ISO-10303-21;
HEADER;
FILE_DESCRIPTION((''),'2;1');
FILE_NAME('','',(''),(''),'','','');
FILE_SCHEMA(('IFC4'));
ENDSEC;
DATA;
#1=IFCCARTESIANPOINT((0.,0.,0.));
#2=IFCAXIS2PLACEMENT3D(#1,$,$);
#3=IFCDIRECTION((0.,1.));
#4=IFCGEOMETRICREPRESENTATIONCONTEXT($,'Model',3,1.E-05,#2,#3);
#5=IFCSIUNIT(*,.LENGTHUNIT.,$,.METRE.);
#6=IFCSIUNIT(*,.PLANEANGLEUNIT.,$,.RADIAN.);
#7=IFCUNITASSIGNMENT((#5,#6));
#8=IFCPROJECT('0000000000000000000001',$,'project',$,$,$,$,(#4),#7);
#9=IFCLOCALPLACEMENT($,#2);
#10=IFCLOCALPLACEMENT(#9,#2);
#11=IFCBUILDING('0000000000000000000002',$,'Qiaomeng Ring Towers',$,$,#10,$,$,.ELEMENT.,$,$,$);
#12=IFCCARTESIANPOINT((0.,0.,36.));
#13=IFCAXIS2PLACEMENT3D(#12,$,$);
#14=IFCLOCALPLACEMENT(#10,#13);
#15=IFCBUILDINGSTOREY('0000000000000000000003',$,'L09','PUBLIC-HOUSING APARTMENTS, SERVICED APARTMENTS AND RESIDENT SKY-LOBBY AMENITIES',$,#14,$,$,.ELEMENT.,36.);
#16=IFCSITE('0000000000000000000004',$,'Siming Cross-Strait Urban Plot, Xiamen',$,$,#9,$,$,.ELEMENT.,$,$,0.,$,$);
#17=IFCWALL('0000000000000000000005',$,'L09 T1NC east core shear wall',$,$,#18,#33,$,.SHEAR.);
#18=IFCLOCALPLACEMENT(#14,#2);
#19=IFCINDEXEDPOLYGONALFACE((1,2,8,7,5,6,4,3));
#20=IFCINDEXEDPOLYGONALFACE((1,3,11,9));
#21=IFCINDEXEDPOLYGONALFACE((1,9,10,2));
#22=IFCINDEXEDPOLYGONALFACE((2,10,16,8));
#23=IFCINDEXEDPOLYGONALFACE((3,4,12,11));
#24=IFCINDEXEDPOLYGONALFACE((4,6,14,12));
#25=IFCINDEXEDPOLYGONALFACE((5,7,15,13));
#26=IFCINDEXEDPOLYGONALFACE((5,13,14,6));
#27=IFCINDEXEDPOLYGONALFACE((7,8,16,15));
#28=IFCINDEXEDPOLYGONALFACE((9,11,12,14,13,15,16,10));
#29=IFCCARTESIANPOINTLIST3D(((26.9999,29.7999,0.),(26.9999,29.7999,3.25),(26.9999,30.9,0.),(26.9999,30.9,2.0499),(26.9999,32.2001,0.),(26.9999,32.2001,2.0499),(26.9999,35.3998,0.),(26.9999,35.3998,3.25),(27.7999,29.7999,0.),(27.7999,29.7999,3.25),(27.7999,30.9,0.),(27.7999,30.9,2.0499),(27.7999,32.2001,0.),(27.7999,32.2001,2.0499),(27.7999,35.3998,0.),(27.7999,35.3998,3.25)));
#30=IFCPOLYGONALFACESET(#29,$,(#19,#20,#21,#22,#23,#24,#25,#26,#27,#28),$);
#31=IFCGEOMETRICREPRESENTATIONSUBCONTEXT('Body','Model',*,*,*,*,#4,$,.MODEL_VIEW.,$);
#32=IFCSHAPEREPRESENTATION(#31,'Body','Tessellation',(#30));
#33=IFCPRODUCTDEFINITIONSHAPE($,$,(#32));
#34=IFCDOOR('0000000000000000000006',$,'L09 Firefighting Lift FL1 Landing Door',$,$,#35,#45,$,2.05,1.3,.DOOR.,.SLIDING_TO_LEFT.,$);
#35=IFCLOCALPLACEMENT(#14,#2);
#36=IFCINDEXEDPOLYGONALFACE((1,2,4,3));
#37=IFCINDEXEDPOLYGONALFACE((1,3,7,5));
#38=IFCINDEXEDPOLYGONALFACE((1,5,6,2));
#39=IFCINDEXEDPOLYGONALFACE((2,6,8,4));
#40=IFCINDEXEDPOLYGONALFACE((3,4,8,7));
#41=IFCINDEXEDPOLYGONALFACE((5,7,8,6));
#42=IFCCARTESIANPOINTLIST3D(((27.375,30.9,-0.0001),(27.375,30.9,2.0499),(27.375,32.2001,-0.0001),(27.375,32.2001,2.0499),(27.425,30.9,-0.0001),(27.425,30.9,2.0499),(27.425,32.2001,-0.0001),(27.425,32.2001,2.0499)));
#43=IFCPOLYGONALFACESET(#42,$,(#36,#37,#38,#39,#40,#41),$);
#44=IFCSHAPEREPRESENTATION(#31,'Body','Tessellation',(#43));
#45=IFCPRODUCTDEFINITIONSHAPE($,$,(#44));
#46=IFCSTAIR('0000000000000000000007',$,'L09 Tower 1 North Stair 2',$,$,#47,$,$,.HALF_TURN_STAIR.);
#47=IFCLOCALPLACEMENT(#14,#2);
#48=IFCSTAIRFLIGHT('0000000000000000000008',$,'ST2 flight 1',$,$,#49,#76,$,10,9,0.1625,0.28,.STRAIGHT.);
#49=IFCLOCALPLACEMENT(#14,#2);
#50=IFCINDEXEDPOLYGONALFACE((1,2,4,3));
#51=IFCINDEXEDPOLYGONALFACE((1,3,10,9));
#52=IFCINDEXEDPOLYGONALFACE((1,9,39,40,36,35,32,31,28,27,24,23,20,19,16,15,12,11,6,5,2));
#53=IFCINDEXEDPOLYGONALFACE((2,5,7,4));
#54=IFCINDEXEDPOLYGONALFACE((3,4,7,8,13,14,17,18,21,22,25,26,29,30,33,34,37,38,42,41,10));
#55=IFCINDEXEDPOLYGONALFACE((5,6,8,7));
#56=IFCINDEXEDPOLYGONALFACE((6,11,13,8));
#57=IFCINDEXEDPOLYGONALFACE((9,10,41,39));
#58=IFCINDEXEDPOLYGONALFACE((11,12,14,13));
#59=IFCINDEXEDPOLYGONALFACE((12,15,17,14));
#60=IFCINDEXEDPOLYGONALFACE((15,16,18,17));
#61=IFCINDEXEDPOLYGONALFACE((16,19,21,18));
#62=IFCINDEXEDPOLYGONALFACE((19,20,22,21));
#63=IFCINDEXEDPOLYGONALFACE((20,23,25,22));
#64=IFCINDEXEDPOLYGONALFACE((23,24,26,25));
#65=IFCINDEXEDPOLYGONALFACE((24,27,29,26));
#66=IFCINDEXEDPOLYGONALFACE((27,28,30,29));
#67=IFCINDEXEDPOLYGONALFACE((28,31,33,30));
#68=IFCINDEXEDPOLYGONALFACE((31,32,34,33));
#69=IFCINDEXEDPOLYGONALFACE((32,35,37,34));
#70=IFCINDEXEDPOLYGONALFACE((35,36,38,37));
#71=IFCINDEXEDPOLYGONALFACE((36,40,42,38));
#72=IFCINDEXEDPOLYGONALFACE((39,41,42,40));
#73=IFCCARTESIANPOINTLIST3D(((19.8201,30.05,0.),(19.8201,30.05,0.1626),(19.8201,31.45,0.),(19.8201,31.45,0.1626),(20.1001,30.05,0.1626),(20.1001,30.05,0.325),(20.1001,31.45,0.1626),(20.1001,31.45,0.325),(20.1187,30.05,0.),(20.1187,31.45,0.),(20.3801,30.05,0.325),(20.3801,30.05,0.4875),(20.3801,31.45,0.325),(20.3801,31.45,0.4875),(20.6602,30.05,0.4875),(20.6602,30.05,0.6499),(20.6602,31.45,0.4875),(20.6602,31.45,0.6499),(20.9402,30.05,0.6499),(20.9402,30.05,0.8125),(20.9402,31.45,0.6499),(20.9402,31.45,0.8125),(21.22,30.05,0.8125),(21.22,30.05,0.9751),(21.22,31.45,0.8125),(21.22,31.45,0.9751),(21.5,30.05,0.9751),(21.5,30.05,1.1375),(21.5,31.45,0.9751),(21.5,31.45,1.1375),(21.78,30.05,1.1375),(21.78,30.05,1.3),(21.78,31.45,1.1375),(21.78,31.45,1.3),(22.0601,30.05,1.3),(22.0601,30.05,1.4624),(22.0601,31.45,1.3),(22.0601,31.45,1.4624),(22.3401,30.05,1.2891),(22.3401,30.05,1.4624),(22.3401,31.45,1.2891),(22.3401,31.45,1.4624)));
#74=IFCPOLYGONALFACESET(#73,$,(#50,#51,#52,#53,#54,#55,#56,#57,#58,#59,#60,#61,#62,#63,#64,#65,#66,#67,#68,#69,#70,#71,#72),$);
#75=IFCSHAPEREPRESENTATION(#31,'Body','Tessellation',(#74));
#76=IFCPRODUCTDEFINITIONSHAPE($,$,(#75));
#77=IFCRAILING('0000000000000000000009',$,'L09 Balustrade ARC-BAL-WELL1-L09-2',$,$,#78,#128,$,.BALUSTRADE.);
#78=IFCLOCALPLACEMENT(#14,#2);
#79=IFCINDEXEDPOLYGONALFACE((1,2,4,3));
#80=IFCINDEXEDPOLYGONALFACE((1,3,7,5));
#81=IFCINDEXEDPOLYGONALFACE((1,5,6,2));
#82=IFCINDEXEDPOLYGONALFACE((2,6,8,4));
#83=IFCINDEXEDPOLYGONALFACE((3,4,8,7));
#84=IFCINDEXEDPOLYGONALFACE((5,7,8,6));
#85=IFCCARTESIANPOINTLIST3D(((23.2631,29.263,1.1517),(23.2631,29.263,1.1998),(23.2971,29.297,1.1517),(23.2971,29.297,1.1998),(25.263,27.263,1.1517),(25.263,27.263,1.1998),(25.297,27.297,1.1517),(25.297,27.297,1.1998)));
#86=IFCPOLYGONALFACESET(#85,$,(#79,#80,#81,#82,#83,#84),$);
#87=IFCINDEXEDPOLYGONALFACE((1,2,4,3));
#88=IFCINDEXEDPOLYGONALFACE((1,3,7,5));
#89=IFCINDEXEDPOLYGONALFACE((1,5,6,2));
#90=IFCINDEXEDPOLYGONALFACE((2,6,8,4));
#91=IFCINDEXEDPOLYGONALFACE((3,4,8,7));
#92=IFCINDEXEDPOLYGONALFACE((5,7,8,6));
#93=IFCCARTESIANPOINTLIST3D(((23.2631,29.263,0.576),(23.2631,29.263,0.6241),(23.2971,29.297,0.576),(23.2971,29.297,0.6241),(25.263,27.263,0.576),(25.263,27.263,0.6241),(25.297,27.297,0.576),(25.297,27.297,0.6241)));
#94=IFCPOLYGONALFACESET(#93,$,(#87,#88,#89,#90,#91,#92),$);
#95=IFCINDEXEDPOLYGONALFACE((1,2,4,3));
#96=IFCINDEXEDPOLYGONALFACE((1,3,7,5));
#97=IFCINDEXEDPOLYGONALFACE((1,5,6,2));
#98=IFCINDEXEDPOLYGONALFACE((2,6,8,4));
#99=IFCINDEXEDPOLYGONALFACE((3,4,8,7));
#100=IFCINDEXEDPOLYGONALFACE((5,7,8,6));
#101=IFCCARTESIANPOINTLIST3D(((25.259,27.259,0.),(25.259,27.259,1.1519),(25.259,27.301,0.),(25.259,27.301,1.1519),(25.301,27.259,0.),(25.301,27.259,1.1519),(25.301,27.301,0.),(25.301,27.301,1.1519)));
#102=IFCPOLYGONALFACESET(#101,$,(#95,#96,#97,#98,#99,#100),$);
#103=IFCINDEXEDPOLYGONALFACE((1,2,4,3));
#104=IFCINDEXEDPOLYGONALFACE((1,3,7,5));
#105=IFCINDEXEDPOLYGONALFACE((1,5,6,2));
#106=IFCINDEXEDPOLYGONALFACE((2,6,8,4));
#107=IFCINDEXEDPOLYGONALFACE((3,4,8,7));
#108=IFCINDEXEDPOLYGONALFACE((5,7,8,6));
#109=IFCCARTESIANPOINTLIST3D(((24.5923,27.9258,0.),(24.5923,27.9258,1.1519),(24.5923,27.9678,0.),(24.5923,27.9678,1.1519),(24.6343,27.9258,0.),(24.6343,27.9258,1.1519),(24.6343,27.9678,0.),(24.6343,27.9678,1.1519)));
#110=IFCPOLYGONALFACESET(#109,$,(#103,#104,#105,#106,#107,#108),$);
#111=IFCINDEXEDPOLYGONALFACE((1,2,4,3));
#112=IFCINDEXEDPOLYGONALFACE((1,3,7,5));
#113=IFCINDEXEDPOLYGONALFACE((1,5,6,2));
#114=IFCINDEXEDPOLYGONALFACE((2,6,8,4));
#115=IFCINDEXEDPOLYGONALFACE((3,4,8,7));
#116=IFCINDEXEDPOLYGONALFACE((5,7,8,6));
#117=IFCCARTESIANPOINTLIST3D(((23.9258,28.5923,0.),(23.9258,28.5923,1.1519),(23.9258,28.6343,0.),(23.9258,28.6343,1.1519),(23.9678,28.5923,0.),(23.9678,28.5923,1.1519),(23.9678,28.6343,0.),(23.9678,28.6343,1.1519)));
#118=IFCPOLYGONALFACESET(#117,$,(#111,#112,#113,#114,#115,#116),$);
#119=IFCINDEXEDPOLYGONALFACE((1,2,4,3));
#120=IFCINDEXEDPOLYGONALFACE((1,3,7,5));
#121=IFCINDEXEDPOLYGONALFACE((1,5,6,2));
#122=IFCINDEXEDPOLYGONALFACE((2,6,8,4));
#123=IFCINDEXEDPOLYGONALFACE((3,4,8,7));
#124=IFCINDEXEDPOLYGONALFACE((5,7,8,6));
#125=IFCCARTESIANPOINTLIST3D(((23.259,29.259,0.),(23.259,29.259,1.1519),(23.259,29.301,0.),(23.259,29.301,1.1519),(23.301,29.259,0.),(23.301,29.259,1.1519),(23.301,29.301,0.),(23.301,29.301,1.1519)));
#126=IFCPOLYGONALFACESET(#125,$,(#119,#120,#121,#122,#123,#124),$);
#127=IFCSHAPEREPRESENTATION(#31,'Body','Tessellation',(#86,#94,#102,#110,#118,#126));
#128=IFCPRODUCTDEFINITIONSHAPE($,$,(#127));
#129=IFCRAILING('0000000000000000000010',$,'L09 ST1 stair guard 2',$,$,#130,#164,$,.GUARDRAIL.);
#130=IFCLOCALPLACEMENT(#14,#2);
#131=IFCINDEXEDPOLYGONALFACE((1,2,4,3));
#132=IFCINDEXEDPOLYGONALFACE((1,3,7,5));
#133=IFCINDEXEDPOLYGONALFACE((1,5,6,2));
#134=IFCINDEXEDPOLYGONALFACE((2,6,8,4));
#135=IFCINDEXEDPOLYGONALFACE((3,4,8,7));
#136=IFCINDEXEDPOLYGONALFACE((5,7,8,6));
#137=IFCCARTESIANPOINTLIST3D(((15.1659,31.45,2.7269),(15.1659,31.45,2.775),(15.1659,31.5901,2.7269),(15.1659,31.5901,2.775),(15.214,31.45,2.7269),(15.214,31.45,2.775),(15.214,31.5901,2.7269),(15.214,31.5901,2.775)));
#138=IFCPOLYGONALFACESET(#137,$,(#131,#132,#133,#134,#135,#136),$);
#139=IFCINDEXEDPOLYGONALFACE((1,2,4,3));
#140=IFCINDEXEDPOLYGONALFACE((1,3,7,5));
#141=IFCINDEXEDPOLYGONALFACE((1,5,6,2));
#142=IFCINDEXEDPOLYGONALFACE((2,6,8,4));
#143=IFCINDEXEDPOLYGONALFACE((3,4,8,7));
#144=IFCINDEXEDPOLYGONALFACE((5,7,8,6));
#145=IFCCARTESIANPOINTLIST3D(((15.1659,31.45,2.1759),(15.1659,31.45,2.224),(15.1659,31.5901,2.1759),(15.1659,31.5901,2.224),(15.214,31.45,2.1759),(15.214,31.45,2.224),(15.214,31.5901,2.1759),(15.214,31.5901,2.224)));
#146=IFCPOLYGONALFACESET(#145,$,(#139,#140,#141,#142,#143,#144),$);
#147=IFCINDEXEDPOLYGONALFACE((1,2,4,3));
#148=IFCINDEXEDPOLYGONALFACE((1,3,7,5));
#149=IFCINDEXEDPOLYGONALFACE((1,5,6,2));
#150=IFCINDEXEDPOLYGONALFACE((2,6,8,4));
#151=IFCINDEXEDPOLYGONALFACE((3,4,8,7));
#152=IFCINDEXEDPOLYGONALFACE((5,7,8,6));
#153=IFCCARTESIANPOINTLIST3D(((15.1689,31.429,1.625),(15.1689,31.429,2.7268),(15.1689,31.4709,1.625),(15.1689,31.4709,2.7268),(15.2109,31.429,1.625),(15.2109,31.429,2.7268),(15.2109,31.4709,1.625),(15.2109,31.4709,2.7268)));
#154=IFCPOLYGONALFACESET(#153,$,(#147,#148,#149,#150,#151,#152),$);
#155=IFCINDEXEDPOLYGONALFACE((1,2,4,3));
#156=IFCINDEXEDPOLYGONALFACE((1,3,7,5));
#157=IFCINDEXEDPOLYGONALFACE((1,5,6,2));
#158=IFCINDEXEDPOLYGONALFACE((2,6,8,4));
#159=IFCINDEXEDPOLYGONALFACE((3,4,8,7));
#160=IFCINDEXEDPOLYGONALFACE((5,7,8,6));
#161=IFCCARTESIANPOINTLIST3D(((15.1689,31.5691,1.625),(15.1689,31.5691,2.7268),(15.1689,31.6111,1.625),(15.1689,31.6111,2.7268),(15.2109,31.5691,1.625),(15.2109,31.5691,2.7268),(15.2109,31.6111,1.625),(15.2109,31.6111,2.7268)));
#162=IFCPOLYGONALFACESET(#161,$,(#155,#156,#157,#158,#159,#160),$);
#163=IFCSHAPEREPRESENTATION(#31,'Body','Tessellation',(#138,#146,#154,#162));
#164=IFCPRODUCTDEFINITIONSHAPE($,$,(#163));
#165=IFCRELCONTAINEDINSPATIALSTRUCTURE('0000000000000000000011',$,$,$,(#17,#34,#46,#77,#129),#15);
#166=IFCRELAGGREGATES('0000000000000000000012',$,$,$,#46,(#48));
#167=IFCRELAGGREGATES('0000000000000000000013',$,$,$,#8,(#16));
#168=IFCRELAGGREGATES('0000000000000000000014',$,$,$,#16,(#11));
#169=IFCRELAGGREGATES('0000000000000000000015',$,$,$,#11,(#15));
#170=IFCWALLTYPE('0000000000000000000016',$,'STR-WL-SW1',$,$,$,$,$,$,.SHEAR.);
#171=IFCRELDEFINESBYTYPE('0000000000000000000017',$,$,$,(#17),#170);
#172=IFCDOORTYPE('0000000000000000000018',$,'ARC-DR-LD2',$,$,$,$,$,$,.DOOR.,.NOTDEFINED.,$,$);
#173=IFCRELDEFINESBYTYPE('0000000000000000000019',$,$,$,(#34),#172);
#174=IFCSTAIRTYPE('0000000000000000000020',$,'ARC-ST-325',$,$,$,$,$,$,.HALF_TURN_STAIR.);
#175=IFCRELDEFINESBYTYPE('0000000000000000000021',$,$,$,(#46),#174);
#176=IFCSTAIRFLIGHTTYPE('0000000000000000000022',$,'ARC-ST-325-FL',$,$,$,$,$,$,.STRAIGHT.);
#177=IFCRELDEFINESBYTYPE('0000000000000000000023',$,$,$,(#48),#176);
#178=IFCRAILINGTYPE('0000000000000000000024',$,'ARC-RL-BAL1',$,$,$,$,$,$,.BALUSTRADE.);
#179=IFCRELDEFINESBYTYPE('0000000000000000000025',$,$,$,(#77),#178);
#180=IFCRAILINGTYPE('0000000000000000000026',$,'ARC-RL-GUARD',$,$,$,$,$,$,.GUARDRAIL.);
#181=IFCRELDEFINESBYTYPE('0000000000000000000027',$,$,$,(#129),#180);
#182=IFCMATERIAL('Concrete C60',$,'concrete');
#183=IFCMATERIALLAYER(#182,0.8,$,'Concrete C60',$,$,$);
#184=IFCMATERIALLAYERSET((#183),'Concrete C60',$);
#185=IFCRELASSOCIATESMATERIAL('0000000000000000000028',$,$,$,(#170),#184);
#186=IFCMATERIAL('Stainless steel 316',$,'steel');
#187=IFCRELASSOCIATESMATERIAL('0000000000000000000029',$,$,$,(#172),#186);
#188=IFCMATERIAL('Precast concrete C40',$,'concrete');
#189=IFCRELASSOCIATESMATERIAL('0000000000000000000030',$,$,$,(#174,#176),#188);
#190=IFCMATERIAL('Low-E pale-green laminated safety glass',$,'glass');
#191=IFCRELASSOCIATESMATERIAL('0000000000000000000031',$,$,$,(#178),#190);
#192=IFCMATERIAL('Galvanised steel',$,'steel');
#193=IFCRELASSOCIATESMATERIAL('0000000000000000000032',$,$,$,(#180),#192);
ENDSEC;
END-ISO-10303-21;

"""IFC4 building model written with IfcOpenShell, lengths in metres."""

from ifc_helpers import new_model, si_unit, direction, frame, frame_2d, origin, origin_2d, place, context, subcontext, project, spatial, polyline, rectangle, outline, extrude, source, transform, mapped, material, layer, layer_set, type_object, element, fill, aggregate, save


model = new_model("IFC4")

# Units and contexts
model_context = context("Model", 3, precision=1e-05, world=origin(), true_north=direction((0.0, 1.0)))
body_context = subcontext(model_context, "Body", "Model", "MODEL_VIEW")
ifc_project = project(units=[si_unit("LENGTHUNIT", "METRE"), si_unit("PLANEANGLEUNIT", "RADIAN")], contexts=[model_context])

# Site, building, storey
site_placement = place(None, origin())
site = spatial("IfcSite", under=ifc_project, at=site_placement, Name="Siming Cross-Strait Urban Plot, Xiamen", CompositionType="ELEMENT", RefElevation=0.0)
building_placement = place(site_placement, origin())
building = spatial("IfcBuilding", under=site, at=building_placement, Name="Qiaomeng Ring Towers", CompositionType="ELEMENT")
storey_placement = place(building_placement, frame((0.0, 0.0, 36.0)))
storey = spatial("IfcBuildingStorey", under=building, at=storey_placement, Name="L09", Description="PUBLIC-HOUSING APARTMENTS, SERVICED APARTMENTS AND RESIDENT SKY-LOBBY AMENITIES", CompositionType="ELEMENT", Elevation=36.0)

# Shared definitions
ifc_material_1 = material(Name="Galvanised steel", Category="steel")

# Wall, opening, door
ifc_material_2 = material(Name="Concrete C60", Category="concrete")
ifc_layer_1 = layer(ifc_material_2, 0.8, Name="Concrete C60")
ifc_layer_set_1 = layer_set([ifc_layer_1], Name="Concrete C60")
wall_type_1 = type_object("IfcWallType", Name="STR-WL-SW1", PredefinedType="SHEAR", material=ifc_layer_set_1)
wall_1_placement = place(storey_placement, frame((27.3999, 29.8, 0.0), z_axis=(0.0, 0.0, 1.0), x_axis=(0.0, 1.0, 0.0)))
wall_1 = element("IfcWall", 1, at=wall_1_placement, inside=storey, type_object=wall_type_1, Name="L09 T1NC east core shear wall", PredefinedType="SHEAR", context=body_context, shape_type="SweptSolid", body=[
    extrude(rectangle(XDim=5.5999, YDim=0.8, at=frame_2d((2.7998, 0.0))), origin(), (0.0, 0.0, 1.0), 3.25),
])
opening_1_placement = place(wall_1_placement, frame((1.1001, 0.0, 0.0)))
opening_1 = element("IfcOpeningElement", 2, at=opening_1_placement, cuts=wall_1, PredefinedType="OPENING", context=body_context, shape_type="SweptSolid", body=[
    extrude(rectangle(XDim=1.3, YDim=2.05, at=frame_2d((0.6499, 1.0249))), frame((0.0, 0.4099, 0.0), z_axis=(0.0, -1.0, 0.0), x_axis=(1.0, 0.0, 0.0)), (0.0, 0.0, 1.0), 0.8201),
])
ifc_material_3 = material(Name="Stainless steel 316", Category="steel")
door_type_1 = type_object("IfcDoorType", Name="ARC-DR-LD2", OperationType="NOTDEFINED", PredefinedType="DOOR", material=ifc_material_3)
shared_shape_1 = source(origin(), body_context, "Body", "SweptSolid", [
    extrude(rectangle(XDim=1.3, YDim=2.05, at=frame_2d((0.6499, 1.0249))), frame((0.0, 0.0249, 0.0), z_axis=(0.0, -1.0, 0.0), x_axis=(1.0, 0.0, 0.0)), (0.0, 0.0, 1.0), 0.05),
])
door_1_placement = place(opening_1_placement, origin())
door_1 = element("IfcDoor", 3, at=door_1_placement, inside=storey, type_object=door_type_1, Name="L09 Firefighting Lift FL1 Landing Door", OperationType="SLIDING_TO_LEFT", OverallHeight=2.05, OverallWidth=1.3, PredefinedType="DOOR", context=body_context, shape_type="MappedRepresentation", body=[
    mapped(shared_shape_1, transform((0.0, 0.0, 0.0), x_axis=(1.0, 0.0, 0.0), y_axis=(0.0, 1.0, 0.0), z_axis=(0.0, 0.0, 1.0), scale=1.0)),
])
fill(opening_1, door_1)

# Stair, stair flight
ifc_material_4 = material(Name="Precast concrete C40", Category="concrete")
stair_type = type_object("IfcStairType", Name="ARC-ST-325", PredefinedType="HALF_TURN_STAIR", material=ifc_material_4)
stair_placement = place(storey_placement, origin())
stair = element("IfcStair", 4, at=stair_placement, inside=storey, type_object=stair_type, Name="L09 Tower 1 North Stair 2", PredefinedType="HALF_TURN_STAIR")
stair_flight_type = type_object("IfcStairFlightType", Name="ARC-ST-325-FL", PredefinedType="STRAIGHT", material=ifc_material_4)
shared_shape_2 = source(origin(), body_context, "Body", "SweptSolid", [
    extrude(outline(polyline([(0.0, 0.0), (0.0, 0.1626), (0.28, 0.1626), (0.28, 0.325), (0.5601, 0.325), (0.5601, 0.4875), (0.8401, 0.4875), (0.8401, 0.6499), (1.1201, 0.6499), (1.1201, 0.8125), (1.3999, 0.8125), (1.3999, 0.9751), (1.6799, 0.9751), (1.6799, 1.1375), (1.96, 1.1375), (1.96, 1.3), (2.24, 1.3), (2.24, 1.4624), (2.52, 1.4624), (2.52, 1.625), (2.52, 1.2891), (0.2986, 0.0), (0.0, 0.0)])), frame((0.0, 0.7, 0.0), z_axis=(0.0, -1.0, 0.0), x_axis=(1.0, 0.0, 0.0)), (0.0, 0.0, 1.0), 1.3999),
])
stair_flight_placement = place(storey_placement, frame((19.8201, 30.75, 0.0), z_axis=(0.0, 0.0, 1.0), x_axis=(1.0, 0.0, 0.0)))
stair_flight = element("IfcStairFlight", 5, at=stair_flight_placement, type_object=stair_flight_type, Name="ST2 flight 1", NumberOfRisers=10, NumberOfTreads=9, PredefinedType="STRAIGHT", RiserHeight=0.1625, TreadLength=0.28, context=body_context, shape_type="MappedRepresentation", body=[
    mapped(shared_shape_2, transform((0.0, 0.0, 0.0), x_axis=(1.0, 0.0, 0.0), y_axis=(0.0, 1.0, 0.0), z_axis=(0.0, 0.0, 1.0), scale=1.0)),
])
aggregate(stair, [stair_flight])

# Railings
ifc_material_5 = material(Name="Low-E pale-green laminated safety glass", Category="glass")
railing_type_1 = type_object("IfcRailingType", Name="ARC-RL-BAL1", PredefinedType="BALUSTRADE", material=ifc_material_5)
railing_1_placement = place(storey_placement, frame((25.28, 27.28, 0.0)))
element("IfcRailing", 6, at=railing_1_placement, inside=storey, type_object=railing_type_1, Name="L09 Balustrade ARC-BAL-WELL1-L09-2", PredefinedType="BALUSTRADE", context=body_context, shape_type="SweptSolid", body=[
    extrude(rectangle(XDim=0.0481, YDim=0.0481, at=origin_2d()), frame((0.0, 0.0, 1.1758), z_axis=(-0.707107, 0.707107, 0.0), x_axis=(-0.707107, -0.707107, 0.0)), (0.0, 0.0, 1.0), 2.8284),
    extrude(rectangle(XDim=0.0481, YDim=0.0481, at=origin_2d()), frame((0.0, 0.0, 0.6001), z_axis=(-0.707107, 0.707107, 0.0), x_axis=(-0.707107, -0.707107, 0.0)), (0.0, 0.0, 1.0), 2.8284),
    extrude(rectangle(XDim=0.042, YDim=0.042, at=origin_2d()), origin(), (0.0, 0.0, 1.0), 1.1519),
    extrude(rectangle(XDim=0.042, YDim=0.042, at=origin_2d()), frame((-0.6667, 0.6667, 0.0)), (0.0, 0.0, 1.0), 1.1519),
    extrude(rectangle(XDim=0.042, YDim=0.042, at=origin_2d()), frame((-1.3333, 1.3333, 0.0)), (0.0, 0.0, 1.0), 1.1519),
    extrude(rectangle(XDim=0.042, YDim=0.042, at=origin_2d()), frame((-2.0, 2.0, 0.0)), (0.0, 0.0, 1.0), 1.1519),
])
railing_type_2 = type_object("IfcRailingType", Name="ARC-RL-GUARD", PredefinedType="GUARDRAIL", material=ifc_material_1)
railing_2_placement = place(storey_placement, frame((15.1899, 31.45, 1.625)))
element("IfcRailing", 7, at=railing_2_placement, inside=storey, type_object=railing_type_2, Name="L09 ST1 stair guard 2", PredefinedType="GUARDRAIL", context=body_context, shape_type="SweptSolid", body=[
    extrude(rectangle(XDim=0.0481, YDim=0.0481, at=origin_2d()), frame((0.0, 0.0, 1.126), z_axis=(0.0, 1.0, 0.0), x_axis=(-1.0, 0.0, 0.0)), (0.0, 0.0, 1.0), 0.1401),
    extrude(rectangle(XDim=0.0481, YDim=0.0481, at=origin_2d()), frame((0.0, 0.0, 0.575), z_axis=(0.0, 1.0, 0.0), x_axis=(-1.0, 0.0, 0.0)), (0.0, 0.0, 1.0), 0.1401),
    extrude(rectangle(XDim=0.042, YDim=0.042, at=origin_2d()), origin(), (0.0, 0.0, 1.0), 1.1018),
    extrude(rectangle(XDim=0.042, YDim=0.042, at=origin_2d()), frame((0.0, 0.1401, 0.0)), (0.0, 0.0, 1.0), 1.1018),
])

save(model, "model.ifc")
